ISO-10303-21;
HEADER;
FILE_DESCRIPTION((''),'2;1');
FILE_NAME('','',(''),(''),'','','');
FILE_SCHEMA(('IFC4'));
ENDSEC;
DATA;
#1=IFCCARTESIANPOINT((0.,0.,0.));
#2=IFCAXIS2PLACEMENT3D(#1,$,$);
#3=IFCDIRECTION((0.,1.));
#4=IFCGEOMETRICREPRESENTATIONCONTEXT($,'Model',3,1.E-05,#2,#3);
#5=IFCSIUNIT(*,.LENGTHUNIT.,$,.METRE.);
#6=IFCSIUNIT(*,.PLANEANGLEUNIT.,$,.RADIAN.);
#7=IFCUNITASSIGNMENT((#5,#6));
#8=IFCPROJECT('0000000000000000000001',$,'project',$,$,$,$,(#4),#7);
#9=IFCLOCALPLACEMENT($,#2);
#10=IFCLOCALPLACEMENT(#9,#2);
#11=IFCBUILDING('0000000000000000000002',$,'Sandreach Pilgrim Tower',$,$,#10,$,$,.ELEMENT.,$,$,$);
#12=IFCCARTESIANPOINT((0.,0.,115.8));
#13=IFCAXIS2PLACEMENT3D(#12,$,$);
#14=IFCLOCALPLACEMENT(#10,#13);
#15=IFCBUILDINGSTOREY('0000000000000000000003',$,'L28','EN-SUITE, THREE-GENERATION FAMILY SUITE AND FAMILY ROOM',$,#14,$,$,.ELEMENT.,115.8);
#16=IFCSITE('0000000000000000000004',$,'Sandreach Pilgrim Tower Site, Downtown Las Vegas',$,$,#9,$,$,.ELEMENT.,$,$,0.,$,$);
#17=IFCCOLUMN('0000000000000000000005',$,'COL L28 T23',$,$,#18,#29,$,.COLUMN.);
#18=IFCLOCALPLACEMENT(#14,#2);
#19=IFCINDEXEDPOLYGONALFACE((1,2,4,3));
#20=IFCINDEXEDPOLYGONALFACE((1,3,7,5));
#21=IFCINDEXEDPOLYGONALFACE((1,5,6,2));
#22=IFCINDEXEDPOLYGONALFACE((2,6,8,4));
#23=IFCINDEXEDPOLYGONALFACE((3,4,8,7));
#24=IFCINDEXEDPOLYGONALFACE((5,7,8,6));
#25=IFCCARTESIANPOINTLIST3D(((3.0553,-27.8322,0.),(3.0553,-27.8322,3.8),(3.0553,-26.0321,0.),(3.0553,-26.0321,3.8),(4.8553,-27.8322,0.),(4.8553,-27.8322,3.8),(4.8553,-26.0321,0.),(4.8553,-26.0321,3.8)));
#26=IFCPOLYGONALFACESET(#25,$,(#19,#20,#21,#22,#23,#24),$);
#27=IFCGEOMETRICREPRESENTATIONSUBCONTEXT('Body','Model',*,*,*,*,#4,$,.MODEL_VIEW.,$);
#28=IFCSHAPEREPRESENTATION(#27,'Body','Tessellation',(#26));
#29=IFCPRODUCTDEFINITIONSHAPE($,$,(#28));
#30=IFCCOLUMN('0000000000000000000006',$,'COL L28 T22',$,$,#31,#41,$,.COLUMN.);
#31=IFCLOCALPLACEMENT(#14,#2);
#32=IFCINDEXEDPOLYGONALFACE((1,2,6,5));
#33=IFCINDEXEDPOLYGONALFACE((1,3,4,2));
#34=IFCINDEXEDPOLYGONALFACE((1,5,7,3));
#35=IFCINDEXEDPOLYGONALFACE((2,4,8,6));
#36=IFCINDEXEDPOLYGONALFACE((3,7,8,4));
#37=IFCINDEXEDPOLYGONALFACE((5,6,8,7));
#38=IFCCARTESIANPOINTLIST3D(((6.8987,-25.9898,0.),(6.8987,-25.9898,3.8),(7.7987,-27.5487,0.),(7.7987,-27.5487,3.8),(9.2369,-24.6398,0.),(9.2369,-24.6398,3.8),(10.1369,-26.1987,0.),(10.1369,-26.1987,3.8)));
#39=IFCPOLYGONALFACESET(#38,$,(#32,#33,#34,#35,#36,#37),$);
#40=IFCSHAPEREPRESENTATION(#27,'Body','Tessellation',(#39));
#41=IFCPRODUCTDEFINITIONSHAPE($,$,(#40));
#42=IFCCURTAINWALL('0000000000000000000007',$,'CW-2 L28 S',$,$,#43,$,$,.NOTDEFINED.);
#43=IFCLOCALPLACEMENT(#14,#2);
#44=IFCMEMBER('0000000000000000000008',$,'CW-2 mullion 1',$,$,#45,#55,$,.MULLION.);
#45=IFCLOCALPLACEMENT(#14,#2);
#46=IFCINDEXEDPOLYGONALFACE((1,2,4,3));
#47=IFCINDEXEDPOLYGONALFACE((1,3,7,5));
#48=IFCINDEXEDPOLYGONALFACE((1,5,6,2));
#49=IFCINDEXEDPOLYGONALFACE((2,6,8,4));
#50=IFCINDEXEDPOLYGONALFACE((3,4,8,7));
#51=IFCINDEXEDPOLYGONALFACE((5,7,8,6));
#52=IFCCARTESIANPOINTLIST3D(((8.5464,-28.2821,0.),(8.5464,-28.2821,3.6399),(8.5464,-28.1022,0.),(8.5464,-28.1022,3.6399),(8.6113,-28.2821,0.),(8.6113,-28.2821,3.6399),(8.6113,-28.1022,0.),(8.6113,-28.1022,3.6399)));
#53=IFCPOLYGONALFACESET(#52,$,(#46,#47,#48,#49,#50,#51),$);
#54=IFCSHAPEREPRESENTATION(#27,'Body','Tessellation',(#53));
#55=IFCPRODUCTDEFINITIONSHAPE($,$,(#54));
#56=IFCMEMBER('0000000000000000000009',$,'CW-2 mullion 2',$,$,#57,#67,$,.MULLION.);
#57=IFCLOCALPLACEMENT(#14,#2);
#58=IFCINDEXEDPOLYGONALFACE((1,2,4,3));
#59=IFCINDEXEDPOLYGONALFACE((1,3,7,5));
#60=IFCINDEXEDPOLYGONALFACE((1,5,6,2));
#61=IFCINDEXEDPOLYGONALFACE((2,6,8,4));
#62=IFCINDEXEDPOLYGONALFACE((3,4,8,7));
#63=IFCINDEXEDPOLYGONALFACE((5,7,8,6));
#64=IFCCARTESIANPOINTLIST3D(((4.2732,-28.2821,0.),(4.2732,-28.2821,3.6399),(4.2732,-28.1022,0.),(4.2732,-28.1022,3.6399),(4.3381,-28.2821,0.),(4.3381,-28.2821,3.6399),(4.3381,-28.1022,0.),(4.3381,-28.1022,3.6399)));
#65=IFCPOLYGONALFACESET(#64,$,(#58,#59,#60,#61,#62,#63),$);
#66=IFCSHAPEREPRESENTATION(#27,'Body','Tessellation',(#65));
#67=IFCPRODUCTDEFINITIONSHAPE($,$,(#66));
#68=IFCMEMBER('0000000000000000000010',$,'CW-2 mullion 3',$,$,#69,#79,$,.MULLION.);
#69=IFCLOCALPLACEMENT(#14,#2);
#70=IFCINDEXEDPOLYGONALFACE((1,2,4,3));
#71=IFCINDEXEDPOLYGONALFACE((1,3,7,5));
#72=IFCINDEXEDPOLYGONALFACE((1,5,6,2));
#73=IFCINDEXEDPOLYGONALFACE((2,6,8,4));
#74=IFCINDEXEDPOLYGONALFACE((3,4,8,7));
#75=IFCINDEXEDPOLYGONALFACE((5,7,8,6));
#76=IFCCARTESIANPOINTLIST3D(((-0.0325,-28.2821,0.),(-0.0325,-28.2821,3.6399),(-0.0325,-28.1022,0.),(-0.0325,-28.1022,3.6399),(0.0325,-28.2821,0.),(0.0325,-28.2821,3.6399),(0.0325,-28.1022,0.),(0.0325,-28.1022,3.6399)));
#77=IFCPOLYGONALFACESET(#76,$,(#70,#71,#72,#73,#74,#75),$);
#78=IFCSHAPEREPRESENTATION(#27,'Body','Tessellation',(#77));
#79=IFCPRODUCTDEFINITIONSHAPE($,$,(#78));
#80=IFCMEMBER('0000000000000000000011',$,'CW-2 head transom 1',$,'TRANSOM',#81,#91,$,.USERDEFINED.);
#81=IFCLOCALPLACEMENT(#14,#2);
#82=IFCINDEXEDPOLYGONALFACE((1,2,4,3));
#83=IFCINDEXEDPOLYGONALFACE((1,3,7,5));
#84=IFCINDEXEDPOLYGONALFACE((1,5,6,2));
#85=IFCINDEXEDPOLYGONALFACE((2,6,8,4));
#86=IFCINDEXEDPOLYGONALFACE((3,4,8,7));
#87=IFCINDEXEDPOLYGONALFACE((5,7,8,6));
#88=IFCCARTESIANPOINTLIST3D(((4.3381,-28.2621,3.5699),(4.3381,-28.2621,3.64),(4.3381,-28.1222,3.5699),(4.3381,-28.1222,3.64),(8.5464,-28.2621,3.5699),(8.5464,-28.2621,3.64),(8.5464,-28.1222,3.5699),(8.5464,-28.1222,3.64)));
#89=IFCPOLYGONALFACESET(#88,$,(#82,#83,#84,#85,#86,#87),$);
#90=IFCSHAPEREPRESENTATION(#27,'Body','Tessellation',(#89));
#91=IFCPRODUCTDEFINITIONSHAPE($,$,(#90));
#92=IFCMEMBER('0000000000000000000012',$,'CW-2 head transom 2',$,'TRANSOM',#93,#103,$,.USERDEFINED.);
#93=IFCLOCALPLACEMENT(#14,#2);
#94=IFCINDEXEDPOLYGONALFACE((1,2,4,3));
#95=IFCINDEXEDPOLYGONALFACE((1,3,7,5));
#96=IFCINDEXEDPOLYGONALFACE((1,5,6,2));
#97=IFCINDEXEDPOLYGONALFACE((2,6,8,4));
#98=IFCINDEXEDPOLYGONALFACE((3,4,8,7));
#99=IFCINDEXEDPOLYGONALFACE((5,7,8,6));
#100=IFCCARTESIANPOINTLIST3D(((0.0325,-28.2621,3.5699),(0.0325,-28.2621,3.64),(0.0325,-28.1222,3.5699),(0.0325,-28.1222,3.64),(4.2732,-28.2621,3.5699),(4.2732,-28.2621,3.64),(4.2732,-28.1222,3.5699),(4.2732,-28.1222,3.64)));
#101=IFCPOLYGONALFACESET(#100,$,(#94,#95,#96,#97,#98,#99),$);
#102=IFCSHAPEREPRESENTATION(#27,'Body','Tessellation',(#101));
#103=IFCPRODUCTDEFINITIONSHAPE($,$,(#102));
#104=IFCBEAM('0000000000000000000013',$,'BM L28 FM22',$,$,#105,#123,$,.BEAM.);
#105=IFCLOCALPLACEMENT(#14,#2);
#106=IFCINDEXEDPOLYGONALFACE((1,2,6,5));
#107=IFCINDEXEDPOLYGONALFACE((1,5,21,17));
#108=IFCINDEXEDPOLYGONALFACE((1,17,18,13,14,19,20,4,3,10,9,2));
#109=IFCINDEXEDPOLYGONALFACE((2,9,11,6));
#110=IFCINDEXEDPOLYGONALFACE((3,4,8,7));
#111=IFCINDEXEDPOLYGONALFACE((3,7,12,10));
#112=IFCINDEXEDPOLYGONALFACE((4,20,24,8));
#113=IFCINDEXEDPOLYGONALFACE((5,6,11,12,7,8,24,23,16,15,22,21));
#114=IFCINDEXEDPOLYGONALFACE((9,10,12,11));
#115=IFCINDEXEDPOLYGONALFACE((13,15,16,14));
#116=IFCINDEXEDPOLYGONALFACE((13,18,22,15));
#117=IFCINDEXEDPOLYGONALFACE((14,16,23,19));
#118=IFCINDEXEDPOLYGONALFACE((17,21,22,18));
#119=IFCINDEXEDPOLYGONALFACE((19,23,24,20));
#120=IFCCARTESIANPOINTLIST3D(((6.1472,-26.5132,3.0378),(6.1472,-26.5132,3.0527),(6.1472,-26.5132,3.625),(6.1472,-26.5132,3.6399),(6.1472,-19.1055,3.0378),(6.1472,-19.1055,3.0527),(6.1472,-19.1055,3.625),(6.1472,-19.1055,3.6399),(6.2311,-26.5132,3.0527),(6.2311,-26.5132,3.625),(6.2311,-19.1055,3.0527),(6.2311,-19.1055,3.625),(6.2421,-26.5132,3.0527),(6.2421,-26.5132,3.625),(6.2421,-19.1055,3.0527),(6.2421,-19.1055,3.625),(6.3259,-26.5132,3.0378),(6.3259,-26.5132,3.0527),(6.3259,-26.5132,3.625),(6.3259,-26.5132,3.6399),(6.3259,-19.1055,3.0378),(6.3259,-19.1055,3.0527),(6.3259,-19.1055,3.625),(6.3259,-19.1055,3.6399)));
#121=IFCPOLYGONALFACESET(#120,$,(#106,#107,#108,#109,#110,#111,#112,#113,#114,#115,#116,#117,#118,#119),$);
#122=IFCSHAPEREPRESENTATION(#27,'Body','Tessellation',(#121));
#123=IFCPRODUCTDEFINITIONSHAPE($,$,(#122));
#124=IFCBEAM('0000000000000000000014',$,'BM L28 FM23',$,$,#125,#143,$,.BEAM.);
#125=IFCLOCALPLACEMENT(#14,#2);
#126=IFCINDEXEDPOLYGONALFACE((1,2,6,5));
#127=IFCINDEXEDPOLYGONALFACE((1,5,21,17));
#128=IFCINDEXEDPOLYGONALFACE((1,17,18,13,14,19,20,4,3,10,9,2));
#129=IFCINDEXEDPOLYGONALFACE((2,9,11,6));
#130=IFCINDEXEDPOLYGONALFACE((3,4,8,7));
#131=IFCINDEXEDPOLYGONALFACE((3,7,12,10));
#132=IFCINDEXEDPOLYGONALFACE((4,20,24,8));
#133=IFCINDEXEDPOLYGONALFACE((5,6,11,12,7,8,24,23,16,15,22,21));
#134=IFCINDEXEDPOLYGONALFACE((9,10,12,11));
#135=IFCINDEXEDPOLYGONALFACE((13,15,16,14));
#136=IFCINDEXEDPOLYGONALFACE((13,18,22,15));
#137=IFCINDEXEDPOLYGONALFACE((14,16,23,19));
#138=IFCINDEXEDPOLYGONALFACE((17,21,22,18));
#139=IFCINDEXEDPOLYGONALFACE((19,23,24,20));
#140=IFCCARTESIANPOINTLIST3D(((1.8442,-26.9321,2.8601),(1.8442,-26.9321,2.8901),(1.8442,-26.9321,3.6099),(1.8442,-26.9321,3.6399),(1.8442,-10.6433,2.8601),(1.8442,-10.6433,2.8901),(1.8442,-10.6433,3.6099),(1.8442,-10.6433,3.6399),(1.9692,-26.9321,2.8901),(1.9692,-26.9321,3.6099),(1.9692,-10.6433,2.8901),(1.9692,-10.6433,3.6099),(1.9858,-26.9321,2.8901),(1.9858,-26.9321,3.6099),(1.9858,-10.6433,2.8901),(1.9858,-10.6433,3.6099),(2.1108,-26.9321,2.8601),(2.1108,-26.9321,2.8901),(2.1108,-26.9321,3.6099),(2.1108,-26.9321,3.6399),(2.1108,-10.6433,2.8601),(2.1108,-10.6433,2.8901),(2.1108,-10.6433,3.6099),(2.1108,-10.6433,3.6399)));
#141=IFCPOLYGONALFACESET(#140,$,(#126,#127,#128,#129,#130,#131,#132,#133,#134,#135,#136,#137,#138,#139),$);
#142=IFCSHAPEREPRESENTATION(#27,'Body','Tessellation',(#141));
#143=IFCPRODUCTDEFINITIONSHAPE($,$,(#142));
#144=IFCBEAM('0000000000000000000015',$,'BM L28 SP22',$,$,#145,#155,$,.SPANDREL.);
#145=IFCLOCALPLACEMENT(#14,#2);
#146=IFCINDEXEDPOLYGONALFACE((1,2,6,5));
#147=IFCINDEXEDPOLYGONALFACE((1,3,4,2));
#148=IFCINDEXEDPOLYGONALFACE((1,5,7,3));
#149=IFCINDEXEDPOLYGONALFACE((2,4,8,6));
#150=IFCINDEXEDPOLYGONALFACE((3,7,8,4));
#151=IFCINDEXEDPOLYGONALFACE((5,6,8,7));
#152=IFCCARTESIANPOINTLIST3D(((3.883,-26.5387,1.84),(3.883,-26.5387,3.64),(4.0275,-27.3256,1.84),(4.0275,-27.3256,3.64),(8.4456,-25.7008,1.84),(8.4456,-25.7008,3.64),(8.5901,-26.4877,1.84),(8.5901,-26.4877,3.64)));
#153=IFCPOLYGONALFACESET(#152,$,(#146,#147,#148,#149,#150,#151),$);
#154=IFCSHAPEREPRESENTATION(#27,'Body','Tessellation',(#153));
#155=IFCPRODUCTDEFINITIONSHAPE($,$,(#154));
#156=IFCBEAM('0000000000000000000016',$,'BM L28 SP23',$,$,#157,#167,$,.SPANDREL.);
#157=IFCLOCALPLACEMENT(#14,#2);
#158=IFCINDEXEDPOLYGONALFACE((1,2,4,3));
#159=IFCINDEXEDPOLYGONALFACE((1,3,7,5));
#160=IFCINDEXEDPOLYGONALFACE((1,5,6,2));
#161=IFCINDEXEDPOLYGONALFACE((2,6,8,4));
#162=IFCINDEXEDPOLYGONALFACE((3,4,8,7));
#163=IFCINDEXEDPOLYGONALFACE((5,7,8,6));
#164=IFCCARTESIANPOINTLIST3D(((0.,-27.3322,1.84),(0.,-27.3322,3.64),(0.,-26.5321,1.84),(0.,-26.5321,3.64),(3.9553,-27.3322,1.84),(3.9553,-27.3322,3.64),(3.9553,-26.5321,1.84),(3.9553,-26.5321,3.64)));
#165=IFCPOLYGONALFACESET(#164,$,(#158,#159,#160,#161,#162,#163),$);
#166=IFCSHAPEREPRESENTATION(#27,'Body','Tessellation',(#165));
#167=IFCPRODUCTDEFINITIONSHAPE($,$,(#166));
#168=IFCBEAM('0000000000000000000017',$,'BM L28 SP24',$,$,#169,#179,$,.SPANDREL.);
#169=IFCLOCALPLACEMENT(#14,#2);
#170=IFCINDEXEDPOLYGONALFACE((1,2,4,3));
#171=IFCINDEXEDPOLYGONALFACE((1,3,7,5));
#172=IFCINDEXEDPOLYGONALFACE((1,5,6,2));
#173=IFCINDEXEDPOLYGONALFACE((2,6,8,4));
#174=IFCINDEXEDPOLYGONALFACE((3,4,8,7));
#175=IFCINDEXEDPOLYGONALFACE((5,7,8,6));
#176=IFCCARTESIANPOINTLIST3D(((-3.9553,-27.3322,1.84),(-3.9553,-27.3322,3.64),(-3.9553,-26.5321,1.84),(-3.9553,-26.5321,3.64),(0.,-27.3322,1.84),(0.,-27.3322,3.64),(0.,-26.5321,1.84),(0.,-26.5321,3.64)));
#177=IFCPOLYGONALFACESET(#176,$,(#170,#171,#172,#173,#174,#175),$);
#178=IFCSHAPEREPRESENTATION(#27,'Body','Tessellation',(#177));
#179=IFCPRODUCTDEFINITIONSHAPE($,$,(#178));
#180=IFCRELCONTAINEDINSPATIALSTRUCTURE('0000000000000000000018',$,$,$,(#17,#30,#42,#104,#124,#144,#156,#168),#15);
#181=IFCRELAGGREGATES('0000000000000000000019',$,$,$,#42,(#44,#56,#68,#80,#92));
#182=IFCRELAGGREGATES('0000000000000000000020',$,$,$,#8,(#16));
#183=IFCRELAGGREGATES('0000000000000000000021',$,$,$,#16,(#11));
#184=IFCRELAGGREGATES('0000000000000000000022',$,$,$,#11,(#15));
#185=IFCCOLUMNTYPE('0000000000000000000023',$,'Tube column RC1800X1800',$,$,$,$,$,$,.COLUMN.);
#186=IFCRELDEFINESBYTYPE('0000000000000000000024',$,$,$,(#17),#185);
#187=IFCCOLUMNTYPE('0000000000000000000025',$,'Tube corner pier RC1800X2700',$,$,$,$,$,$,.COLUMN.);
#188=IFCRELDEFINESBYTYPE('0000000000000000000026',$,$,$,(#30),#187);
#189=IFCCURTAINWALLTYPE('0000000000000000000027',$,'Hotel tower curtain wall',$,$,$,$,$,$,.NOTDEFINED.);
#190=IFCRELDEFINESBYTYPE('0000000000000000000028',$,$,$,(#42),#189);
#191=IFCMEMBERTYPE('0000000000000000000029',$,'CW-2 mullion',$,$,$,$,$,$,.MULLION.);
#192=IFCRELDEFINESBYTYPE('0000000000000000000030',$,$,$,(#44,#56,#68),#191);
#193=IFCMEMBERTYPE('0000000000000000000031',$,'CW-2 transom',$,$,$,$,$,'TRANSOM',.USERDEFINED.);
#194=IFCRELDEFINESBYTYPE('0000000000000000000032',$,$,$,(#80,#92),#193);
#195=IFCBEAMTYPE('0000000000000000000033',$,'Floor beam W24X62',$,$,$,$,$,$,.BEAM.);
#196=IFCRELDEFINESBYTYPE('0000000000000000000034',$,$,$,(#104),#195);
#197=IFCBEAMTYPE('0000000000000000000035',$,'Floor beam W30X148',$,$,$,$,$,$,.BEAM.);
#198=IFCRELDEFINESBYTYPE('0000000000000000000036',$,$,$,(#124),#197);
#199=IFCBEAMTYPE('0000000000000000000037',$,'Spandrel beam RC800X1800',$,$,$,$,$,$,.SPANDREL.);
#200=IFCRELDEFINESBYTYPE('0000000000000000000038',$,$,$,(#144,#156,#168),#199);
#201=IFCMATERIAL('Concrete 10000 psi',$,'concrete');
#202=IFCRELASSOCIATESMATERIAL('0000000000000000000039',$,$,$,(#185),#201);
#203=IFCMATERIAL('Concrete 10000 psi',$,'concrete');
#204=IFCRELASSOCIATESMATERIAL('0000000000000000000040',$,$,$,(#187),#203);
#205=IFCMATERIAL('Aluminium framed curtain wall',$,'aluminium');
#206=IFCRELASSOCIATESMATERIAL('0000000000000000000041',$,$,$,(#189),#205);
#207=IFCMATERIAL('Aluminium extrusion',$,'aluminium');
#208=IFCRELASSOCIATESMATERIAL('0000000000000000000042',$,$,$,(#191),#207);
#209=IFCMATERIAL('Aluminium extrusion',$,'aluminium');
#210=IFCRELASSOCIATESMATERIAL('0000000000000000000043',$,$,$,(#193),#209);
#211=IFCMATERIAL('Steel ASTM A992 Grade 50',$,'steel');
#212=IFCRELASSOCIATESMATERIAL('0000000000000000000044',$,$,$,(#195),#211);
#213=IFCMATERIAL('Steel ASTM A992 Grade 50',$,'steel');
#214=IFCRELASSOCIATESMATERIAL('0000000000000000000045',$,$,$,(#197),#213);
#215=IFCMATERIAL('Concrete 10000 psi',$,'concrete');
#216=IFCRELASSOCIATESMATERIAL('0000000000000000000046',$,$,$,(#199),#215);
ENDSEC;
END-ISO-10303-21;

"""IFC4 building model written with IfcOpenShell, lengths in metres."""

from ifc_helpers import new_model, si_unit, direction, frame, origin, origin_2d, place, context, subcontext, project, spatial, rectangle, i_section, extrude, material, material_profile, profile_set, type_object, element, aggregate, save


model = new_model("IFC4")

# Units and contexts
model_context = context("Model", 3, precision=1e-05, world=origin(), true_north=direction((0.0, 1.0)))
body_context = subcontext(model_context, "Body", "Model", "MODEL_VIEW")
ifc_project = project(units=[si_unit("LENGTHUNIT", "METRE"), si_unit("PLANEANGLEUNIT", "RADIAN")], contexts=[model_context])

# Site, building, storey
site_placement = place(None, origin())
site = spatial("IfcSite", under=ifc_project, at=site_placement, Name="Sandreach Pilgrim Tower Site, Downtown Las Vegas", CompositionType="ELEMENT", RefElevation=0.0)
building_placement = place(site_placement, origin())
building = spatial("IfcBuilding", under=site, at=building_placement, Name="Sandreach Pilgrim Tower", CompositionType="ELEMENT")
storey_placement = place(building_placement, frame((0.0, 0.0, 115.8)))
storey = spatial("IfcBuildingStorey", under=building, at=storey_placement, Name="L28", Description="EN-SUITE, THREE-GENERATION FAMILY SUITE AND FAMILY ROOM", CompositionType="ELEMENT", Elevation=115.8)

# Columns
ifc_material_1 = material(Name="Concrete 10000 psi", Category="concrete")
ifc_material_profile_1 = material_profile(ifc_material_1, rectangle(XDim=1.8, YDim=1.8, at=origin_2d()), Name="RC1800X1800")
ifc_profile_set_1 = profile_set([ifc_material_profile_1], Name="Concrete 10000 psi")
column_type_1 = type_object("IfcColumnType", Name="Tube column RC1800X1800", PredefinedType="COLUMN", material=ifc_profile_set_1)
column_1_placement = place(storey_placement, frame((3.9553, -26.9321, 0.0), z_axis=(0.0, 0.0, 1.0), x_axis=(0.0, -1.0, 0.0)))
element("IfcColumn", 1, at=column_1_placement, inside=storey, type_object=column_type_1, Name="COL L28 T23", PredefinedType="COLUMN", context=body_context, shape_type="SweptSolid", body=[
    extrude(rectangle(XDim=1.8, YDim=1.8, at=origin_2d()), origin(), (0.0, 0.0, 1.0), 3.8),
])
ifc_material_2 = material(Name="Concrete 10000 psi", Category="concrete")
ifc_material_profile_2 = material_profile(ifc_material_2, rectangle(XDim=1.8, YDim=2.7, at=origin_2d()), Name="RC1800X2700")
ifc_profile_set_2 = profile_set([ifc_material_profile_2], Name="Concrete 10000 psi")
column_type_2 = type_object("IfcColumnType", Name="Tube corner pier RC1800X2700", PredefinedType="COLUMN", material=ifc_profile_set_2)
column_2_placement = place(storey_placement, frame((8.5178, -26.0942, 0.0), z_axis=(0.0, 0.0, 1.0), x_axis=(0.5, -0.866025, 0.0)))
element("IfcColumn", 2, at=column_2_placement, inside=storey, type_object=column_type_2, Name="COL L28 T22", PredefinedType="COLUMN", context=body_context, shape_type="SweptSolid", body=[
    extrude(rectangle(XDim=1.8, YDim=2.7, at=origin_2d()), origin(), (0.0, 0.0, 1.0), 3.8),
])

# Curtain wall, members
ifc_material_3 = material(Name="Aluminium framed curtain wall", Category="aluminium")
curtain_wall_type = type_object("IfcCurtainWallType", Name="Hotel tower curtain wall", PredefinedType="NOTDEFINED", material=ifc_material_3)
curtain_wall_placement = place(storey_placement, origin())
curtain_wall = element("IfcCurtainWall", 3, at=curtain_wall_placement, inside=storey, type_object=curtain_wall_type, Name="CW-2 L28 S", PredefinedType="NOTDEFINED")
ifc_material_4 = material(Name="Aluminium extrusion", Category="aluminium")
ifc_material_profile_3 = material_profile(ifc_material_4, rectangle(XDim=0.0649, YDim=0.1799, at=origin_2d()), Name="CW-2M 65X180")
ifc_profile_set_3 = profile_set([ifc_material_profile_3], Name="Aluminium extrusion")
member_type_1 = type_object("IfcMemberType", Name="CW-2 mullion", PredefinedType="MULLION", material=ifc_profile_set_3)
member_1_placement = place(storey_placement, frame((8.5789, -28.1921, 0.0), z_axis=(0.0, 0.0, 1.0), x_axis=(-1.0, 0.0, 0.0)))
member_1 = element("IfcMember", 4, at=member_1_placement, type_object=member_type_1, Name="CW-2 mullion 1", PredefinedType="MULLION", context=body_context, shape_type="SweptSolid", body=[
    extrude(rectangle(XDim=0.0649, YDim=0.1799, at=origin_2d()), origin(), (0.0, 0.0, 1.0), 3.6399),
])
member_2_placement = place(storey_placement, frame((4.3057, -28.1921, 0.0), z_axis=(0.0, 0.0, 1.0), x_axis=(-1.0, 0.0, 0.0)))
member_2 = element("IfcMember", 5, at=member_2_placement, type_object=member_type_1, Name="CW-2 mullion 2", PredefinedType="MULLION", context=body_context, shape_type="SweptSolid", body=[
    extrude(rectangle(XDim=0.0649, YDim=0.1799, at=origin_2d()), origin(), (0.0, 0.0, 1.0), 3.6399),
])
member_3_placement = place(storey_placement, frame((0.0, -28.1921, 0.0), z_axis=(0.0, 0.0, 1.0), x_axis=(-1.0, 0.0, 0.0)))
member_3 = element("IfcMember", 6, at=member_3_placement, type_object=member_type_1, Name="CW-2 mullion 3", PredefinedType="MULLION", context=body_context, shape_type="SweptSolid", body=[
    extrude(rectangle(XDim=0.0649, YDim=0.1799, at=origin_2d()), origin(), (0.0, 0.0, 1.0), 3.6399),
])
ifc_material_5 = material(Name="Aluminium extrusion", Category="aluminium")
ifc_material_profile_4 = material_profile(ifc_material_5, rectangle(XDim=0.1399, YDim=0.0701, at=origin_2d()), Name="CW-2T 140X70")
ifc_profile_set_4 = profile_set([ifc_material_profile_4], Name="Aluminium extrusion")
member_type_2 = type_object("IfcMemberType", Name="CW-2 transom", ElementType="TRANSOM", PredefinedType="USERDEFINED", material=ifc_profile_set_4)
member_4_placement = place(storey_placement, frame((8.5464, -28.1921, 3.605), z_axis=(-1.0, 0.0, 0.0), x_axis=(0.0, -1.0, 0.0)))
member_4 = element("IfcMember", 7, at=member_4_placement, type_object=member_type_2, Name="CW-2 head transom 1", ObjectType="TRANSOM", PredefinedType="USERDEFINED", context=body_context, shape_type="SweptSolid", body=[
    extrude(rectangle(XDim=0.1399, YDim=0.0701, at=origin_2d()), origin(), (0.0, 0.0, 1.0), 4.2083),
])
member_5_placement = place(storey_placement, frame((4.2732, -28.1921, 3.605), z_axis=(-1.0, 0.0, 0.0), x_axis=(0.0, -1.0, 0.0)))
member_5 = element("IfcMember", 8, at=member_5_placement, type_object=member_type_2, Name="CW-2 head transom 2", ObjectType="TRANSOM", PredefinedType="USERDEFINED", context=body_context, shape_type="SweptSolid", body=[
    extrude(rectangle(XDim=0.1399, YDim=0.0701, at=origin_2d()), origin(), (0.0, 0.0, 1.0), 4.2407),
])

# Beams
ifc_material_6 = material(Name="Steel ASTM A992 Grade 50", Category="steel")
ifc_material_profile_5 = material_profile(ifc_material_6, i_section(OverallWidth=0.1787, OverallDepth=0.6021, WebThickness=0.011, FlangeThickness=0.0149, at=origin_2d()), Name="W24X62")
ifc_profile_set_5 = profile_set([ifc_material_profile_5], Name="Steel ASTM A992 Grade 50")
beam_type_1 = type_object("IfcBeamType", Name="Floor beam W24X62", PredefinedType="BEAM", material=ifc_profile_set_5)
beam_1_placement = place(storey_placement, frame((6.2366, -26.5132, 3.3389), z_axis=(0.0, 1.0, 0.0), x_axis=(-1.0, 0.0, 0.0)))
element("IfcBeam", 9, at=beam_1_placement, inside=storey, type_object=beam_type_1, Name="BM L28 FM22", PredefinedType="BEAM", context=body_context, shape_type="SweptSolid", body=[
    extrude(i_section(OverallWidth=0.1787, OverallDepth=0.6021, WebThickness=0.011, FlangeThickness=0.0149, at=origin_2d()), origin(), (0.0, 0.0, 1.0), 7.4077),
])
ifc_material_7 = material(Name="Steel ASTM A992 Grade 50", Category="steel")
ifc_material_profile_6 = material_profile(ifc_material_7, i_section(OverallWidth=0.2666, OverallDepth=0.7798, WebThickness=0.0166, FlangeThickness=0.03, at=origin_2d()), Name="W30X148")
ifc_profile_set_6 = profile_set([ifc_material_profile_6], Name="Steel ASTM A992 Grade 50")
beam_type_2 = type_object("IfcBeamType", Name="Floor beam W30X148", PredefinedType="BEAM", material=ifc_profile_set_6)
beam_2_placement = place(storey_placement, frame((1.9775, -26.9321, 3.25), z_axis=(0.0, 1.0, 0.0), x_axis=(-1.0, 0.0, 0.0)))
element("IfcBeam", 10, at=beam_2_placement, inside=storey, type_object=beam_type_2, Name="BM L28 FM23", PredefinedType="BEAM", context=body_context, shape_type="SweptSolid", body=[
    extrude(i_section(OverallWidth=0.2666, OverallDepth=0.7798, WebThickness=0.0166, FlangeThickness=0.03, at=origin_2d()), origin(), (0.0, 0.0, 1.0), 16.2888),
])
ifc_material_8 = material(Name="Concrete 10000 psi", Category="concrete")
ifc_material_profile_7 = material_profile(ifc_material_8, rectangle(XDim=0.8, YDim=1.8, at=origin_2d()), Name="RC800X1800")
ifc_profile_set_7 = profile_set([ifc_material_profile_7], Name="Concrete 10000 psi")
beam_type_3 = type_object("IfcBeamType", Name="Spandrel beam RC800X1800", PredefinedType="SPANDREL", material=ifc_profile_set_7)
beam_3_placement = place(storey_placement, frame((8.5178, -26.0942, 2.74), z_axis=(-0.983552, -0.180627, 0.0), x_axis=(0.180627, -0.983552, 0.0)))
element("IfcBeam", 11, at=beam_3_placement, inside=storey, type_object=beam_type_3, Name="BM L28 SP22", PredefinedType="SPANDREL", context=body_context, shape_type="SweptSolid", body=[
    extrude(rectangle(XDim=0.8, YDim=1.8, at=origin_2d()), origin(), (0.0, 0.0, 1.0), 4.6389),
])
for number, where, z_axis, x_axis, name in (
    (12, (3.9553, -26.9321, 2.74), (-1.0, 0.0, 0.0), (0.0, -1.0, 0.0), "BM L28 SP23"),
    (13, (0.0, -26.9321, 2.74), (-1.0, 0.0, 0.0), (0.0, -1.0, 0.0), "BM L28 SP24"),
):
    element("IfcBeam", number, at=place(storey_placement, frame(where, z_axis=z_axis, x_axis=x_axis)), inside=storey, type_object=beam_type_3, Name=name, PredefinedType="SPANDREL", context=body_context, shape_type="SweptSolid", body=[
        extrude(rectangle(XDim=0.8, YDim=1.8, at=origin_2d()), origin(), (0.0, 0.0, 1.0), 3.9553),
    ])

aggregate(curtain_wall, [member_1, member_2, member_3, member_4, member_5])

save(model, "model.ifc")
